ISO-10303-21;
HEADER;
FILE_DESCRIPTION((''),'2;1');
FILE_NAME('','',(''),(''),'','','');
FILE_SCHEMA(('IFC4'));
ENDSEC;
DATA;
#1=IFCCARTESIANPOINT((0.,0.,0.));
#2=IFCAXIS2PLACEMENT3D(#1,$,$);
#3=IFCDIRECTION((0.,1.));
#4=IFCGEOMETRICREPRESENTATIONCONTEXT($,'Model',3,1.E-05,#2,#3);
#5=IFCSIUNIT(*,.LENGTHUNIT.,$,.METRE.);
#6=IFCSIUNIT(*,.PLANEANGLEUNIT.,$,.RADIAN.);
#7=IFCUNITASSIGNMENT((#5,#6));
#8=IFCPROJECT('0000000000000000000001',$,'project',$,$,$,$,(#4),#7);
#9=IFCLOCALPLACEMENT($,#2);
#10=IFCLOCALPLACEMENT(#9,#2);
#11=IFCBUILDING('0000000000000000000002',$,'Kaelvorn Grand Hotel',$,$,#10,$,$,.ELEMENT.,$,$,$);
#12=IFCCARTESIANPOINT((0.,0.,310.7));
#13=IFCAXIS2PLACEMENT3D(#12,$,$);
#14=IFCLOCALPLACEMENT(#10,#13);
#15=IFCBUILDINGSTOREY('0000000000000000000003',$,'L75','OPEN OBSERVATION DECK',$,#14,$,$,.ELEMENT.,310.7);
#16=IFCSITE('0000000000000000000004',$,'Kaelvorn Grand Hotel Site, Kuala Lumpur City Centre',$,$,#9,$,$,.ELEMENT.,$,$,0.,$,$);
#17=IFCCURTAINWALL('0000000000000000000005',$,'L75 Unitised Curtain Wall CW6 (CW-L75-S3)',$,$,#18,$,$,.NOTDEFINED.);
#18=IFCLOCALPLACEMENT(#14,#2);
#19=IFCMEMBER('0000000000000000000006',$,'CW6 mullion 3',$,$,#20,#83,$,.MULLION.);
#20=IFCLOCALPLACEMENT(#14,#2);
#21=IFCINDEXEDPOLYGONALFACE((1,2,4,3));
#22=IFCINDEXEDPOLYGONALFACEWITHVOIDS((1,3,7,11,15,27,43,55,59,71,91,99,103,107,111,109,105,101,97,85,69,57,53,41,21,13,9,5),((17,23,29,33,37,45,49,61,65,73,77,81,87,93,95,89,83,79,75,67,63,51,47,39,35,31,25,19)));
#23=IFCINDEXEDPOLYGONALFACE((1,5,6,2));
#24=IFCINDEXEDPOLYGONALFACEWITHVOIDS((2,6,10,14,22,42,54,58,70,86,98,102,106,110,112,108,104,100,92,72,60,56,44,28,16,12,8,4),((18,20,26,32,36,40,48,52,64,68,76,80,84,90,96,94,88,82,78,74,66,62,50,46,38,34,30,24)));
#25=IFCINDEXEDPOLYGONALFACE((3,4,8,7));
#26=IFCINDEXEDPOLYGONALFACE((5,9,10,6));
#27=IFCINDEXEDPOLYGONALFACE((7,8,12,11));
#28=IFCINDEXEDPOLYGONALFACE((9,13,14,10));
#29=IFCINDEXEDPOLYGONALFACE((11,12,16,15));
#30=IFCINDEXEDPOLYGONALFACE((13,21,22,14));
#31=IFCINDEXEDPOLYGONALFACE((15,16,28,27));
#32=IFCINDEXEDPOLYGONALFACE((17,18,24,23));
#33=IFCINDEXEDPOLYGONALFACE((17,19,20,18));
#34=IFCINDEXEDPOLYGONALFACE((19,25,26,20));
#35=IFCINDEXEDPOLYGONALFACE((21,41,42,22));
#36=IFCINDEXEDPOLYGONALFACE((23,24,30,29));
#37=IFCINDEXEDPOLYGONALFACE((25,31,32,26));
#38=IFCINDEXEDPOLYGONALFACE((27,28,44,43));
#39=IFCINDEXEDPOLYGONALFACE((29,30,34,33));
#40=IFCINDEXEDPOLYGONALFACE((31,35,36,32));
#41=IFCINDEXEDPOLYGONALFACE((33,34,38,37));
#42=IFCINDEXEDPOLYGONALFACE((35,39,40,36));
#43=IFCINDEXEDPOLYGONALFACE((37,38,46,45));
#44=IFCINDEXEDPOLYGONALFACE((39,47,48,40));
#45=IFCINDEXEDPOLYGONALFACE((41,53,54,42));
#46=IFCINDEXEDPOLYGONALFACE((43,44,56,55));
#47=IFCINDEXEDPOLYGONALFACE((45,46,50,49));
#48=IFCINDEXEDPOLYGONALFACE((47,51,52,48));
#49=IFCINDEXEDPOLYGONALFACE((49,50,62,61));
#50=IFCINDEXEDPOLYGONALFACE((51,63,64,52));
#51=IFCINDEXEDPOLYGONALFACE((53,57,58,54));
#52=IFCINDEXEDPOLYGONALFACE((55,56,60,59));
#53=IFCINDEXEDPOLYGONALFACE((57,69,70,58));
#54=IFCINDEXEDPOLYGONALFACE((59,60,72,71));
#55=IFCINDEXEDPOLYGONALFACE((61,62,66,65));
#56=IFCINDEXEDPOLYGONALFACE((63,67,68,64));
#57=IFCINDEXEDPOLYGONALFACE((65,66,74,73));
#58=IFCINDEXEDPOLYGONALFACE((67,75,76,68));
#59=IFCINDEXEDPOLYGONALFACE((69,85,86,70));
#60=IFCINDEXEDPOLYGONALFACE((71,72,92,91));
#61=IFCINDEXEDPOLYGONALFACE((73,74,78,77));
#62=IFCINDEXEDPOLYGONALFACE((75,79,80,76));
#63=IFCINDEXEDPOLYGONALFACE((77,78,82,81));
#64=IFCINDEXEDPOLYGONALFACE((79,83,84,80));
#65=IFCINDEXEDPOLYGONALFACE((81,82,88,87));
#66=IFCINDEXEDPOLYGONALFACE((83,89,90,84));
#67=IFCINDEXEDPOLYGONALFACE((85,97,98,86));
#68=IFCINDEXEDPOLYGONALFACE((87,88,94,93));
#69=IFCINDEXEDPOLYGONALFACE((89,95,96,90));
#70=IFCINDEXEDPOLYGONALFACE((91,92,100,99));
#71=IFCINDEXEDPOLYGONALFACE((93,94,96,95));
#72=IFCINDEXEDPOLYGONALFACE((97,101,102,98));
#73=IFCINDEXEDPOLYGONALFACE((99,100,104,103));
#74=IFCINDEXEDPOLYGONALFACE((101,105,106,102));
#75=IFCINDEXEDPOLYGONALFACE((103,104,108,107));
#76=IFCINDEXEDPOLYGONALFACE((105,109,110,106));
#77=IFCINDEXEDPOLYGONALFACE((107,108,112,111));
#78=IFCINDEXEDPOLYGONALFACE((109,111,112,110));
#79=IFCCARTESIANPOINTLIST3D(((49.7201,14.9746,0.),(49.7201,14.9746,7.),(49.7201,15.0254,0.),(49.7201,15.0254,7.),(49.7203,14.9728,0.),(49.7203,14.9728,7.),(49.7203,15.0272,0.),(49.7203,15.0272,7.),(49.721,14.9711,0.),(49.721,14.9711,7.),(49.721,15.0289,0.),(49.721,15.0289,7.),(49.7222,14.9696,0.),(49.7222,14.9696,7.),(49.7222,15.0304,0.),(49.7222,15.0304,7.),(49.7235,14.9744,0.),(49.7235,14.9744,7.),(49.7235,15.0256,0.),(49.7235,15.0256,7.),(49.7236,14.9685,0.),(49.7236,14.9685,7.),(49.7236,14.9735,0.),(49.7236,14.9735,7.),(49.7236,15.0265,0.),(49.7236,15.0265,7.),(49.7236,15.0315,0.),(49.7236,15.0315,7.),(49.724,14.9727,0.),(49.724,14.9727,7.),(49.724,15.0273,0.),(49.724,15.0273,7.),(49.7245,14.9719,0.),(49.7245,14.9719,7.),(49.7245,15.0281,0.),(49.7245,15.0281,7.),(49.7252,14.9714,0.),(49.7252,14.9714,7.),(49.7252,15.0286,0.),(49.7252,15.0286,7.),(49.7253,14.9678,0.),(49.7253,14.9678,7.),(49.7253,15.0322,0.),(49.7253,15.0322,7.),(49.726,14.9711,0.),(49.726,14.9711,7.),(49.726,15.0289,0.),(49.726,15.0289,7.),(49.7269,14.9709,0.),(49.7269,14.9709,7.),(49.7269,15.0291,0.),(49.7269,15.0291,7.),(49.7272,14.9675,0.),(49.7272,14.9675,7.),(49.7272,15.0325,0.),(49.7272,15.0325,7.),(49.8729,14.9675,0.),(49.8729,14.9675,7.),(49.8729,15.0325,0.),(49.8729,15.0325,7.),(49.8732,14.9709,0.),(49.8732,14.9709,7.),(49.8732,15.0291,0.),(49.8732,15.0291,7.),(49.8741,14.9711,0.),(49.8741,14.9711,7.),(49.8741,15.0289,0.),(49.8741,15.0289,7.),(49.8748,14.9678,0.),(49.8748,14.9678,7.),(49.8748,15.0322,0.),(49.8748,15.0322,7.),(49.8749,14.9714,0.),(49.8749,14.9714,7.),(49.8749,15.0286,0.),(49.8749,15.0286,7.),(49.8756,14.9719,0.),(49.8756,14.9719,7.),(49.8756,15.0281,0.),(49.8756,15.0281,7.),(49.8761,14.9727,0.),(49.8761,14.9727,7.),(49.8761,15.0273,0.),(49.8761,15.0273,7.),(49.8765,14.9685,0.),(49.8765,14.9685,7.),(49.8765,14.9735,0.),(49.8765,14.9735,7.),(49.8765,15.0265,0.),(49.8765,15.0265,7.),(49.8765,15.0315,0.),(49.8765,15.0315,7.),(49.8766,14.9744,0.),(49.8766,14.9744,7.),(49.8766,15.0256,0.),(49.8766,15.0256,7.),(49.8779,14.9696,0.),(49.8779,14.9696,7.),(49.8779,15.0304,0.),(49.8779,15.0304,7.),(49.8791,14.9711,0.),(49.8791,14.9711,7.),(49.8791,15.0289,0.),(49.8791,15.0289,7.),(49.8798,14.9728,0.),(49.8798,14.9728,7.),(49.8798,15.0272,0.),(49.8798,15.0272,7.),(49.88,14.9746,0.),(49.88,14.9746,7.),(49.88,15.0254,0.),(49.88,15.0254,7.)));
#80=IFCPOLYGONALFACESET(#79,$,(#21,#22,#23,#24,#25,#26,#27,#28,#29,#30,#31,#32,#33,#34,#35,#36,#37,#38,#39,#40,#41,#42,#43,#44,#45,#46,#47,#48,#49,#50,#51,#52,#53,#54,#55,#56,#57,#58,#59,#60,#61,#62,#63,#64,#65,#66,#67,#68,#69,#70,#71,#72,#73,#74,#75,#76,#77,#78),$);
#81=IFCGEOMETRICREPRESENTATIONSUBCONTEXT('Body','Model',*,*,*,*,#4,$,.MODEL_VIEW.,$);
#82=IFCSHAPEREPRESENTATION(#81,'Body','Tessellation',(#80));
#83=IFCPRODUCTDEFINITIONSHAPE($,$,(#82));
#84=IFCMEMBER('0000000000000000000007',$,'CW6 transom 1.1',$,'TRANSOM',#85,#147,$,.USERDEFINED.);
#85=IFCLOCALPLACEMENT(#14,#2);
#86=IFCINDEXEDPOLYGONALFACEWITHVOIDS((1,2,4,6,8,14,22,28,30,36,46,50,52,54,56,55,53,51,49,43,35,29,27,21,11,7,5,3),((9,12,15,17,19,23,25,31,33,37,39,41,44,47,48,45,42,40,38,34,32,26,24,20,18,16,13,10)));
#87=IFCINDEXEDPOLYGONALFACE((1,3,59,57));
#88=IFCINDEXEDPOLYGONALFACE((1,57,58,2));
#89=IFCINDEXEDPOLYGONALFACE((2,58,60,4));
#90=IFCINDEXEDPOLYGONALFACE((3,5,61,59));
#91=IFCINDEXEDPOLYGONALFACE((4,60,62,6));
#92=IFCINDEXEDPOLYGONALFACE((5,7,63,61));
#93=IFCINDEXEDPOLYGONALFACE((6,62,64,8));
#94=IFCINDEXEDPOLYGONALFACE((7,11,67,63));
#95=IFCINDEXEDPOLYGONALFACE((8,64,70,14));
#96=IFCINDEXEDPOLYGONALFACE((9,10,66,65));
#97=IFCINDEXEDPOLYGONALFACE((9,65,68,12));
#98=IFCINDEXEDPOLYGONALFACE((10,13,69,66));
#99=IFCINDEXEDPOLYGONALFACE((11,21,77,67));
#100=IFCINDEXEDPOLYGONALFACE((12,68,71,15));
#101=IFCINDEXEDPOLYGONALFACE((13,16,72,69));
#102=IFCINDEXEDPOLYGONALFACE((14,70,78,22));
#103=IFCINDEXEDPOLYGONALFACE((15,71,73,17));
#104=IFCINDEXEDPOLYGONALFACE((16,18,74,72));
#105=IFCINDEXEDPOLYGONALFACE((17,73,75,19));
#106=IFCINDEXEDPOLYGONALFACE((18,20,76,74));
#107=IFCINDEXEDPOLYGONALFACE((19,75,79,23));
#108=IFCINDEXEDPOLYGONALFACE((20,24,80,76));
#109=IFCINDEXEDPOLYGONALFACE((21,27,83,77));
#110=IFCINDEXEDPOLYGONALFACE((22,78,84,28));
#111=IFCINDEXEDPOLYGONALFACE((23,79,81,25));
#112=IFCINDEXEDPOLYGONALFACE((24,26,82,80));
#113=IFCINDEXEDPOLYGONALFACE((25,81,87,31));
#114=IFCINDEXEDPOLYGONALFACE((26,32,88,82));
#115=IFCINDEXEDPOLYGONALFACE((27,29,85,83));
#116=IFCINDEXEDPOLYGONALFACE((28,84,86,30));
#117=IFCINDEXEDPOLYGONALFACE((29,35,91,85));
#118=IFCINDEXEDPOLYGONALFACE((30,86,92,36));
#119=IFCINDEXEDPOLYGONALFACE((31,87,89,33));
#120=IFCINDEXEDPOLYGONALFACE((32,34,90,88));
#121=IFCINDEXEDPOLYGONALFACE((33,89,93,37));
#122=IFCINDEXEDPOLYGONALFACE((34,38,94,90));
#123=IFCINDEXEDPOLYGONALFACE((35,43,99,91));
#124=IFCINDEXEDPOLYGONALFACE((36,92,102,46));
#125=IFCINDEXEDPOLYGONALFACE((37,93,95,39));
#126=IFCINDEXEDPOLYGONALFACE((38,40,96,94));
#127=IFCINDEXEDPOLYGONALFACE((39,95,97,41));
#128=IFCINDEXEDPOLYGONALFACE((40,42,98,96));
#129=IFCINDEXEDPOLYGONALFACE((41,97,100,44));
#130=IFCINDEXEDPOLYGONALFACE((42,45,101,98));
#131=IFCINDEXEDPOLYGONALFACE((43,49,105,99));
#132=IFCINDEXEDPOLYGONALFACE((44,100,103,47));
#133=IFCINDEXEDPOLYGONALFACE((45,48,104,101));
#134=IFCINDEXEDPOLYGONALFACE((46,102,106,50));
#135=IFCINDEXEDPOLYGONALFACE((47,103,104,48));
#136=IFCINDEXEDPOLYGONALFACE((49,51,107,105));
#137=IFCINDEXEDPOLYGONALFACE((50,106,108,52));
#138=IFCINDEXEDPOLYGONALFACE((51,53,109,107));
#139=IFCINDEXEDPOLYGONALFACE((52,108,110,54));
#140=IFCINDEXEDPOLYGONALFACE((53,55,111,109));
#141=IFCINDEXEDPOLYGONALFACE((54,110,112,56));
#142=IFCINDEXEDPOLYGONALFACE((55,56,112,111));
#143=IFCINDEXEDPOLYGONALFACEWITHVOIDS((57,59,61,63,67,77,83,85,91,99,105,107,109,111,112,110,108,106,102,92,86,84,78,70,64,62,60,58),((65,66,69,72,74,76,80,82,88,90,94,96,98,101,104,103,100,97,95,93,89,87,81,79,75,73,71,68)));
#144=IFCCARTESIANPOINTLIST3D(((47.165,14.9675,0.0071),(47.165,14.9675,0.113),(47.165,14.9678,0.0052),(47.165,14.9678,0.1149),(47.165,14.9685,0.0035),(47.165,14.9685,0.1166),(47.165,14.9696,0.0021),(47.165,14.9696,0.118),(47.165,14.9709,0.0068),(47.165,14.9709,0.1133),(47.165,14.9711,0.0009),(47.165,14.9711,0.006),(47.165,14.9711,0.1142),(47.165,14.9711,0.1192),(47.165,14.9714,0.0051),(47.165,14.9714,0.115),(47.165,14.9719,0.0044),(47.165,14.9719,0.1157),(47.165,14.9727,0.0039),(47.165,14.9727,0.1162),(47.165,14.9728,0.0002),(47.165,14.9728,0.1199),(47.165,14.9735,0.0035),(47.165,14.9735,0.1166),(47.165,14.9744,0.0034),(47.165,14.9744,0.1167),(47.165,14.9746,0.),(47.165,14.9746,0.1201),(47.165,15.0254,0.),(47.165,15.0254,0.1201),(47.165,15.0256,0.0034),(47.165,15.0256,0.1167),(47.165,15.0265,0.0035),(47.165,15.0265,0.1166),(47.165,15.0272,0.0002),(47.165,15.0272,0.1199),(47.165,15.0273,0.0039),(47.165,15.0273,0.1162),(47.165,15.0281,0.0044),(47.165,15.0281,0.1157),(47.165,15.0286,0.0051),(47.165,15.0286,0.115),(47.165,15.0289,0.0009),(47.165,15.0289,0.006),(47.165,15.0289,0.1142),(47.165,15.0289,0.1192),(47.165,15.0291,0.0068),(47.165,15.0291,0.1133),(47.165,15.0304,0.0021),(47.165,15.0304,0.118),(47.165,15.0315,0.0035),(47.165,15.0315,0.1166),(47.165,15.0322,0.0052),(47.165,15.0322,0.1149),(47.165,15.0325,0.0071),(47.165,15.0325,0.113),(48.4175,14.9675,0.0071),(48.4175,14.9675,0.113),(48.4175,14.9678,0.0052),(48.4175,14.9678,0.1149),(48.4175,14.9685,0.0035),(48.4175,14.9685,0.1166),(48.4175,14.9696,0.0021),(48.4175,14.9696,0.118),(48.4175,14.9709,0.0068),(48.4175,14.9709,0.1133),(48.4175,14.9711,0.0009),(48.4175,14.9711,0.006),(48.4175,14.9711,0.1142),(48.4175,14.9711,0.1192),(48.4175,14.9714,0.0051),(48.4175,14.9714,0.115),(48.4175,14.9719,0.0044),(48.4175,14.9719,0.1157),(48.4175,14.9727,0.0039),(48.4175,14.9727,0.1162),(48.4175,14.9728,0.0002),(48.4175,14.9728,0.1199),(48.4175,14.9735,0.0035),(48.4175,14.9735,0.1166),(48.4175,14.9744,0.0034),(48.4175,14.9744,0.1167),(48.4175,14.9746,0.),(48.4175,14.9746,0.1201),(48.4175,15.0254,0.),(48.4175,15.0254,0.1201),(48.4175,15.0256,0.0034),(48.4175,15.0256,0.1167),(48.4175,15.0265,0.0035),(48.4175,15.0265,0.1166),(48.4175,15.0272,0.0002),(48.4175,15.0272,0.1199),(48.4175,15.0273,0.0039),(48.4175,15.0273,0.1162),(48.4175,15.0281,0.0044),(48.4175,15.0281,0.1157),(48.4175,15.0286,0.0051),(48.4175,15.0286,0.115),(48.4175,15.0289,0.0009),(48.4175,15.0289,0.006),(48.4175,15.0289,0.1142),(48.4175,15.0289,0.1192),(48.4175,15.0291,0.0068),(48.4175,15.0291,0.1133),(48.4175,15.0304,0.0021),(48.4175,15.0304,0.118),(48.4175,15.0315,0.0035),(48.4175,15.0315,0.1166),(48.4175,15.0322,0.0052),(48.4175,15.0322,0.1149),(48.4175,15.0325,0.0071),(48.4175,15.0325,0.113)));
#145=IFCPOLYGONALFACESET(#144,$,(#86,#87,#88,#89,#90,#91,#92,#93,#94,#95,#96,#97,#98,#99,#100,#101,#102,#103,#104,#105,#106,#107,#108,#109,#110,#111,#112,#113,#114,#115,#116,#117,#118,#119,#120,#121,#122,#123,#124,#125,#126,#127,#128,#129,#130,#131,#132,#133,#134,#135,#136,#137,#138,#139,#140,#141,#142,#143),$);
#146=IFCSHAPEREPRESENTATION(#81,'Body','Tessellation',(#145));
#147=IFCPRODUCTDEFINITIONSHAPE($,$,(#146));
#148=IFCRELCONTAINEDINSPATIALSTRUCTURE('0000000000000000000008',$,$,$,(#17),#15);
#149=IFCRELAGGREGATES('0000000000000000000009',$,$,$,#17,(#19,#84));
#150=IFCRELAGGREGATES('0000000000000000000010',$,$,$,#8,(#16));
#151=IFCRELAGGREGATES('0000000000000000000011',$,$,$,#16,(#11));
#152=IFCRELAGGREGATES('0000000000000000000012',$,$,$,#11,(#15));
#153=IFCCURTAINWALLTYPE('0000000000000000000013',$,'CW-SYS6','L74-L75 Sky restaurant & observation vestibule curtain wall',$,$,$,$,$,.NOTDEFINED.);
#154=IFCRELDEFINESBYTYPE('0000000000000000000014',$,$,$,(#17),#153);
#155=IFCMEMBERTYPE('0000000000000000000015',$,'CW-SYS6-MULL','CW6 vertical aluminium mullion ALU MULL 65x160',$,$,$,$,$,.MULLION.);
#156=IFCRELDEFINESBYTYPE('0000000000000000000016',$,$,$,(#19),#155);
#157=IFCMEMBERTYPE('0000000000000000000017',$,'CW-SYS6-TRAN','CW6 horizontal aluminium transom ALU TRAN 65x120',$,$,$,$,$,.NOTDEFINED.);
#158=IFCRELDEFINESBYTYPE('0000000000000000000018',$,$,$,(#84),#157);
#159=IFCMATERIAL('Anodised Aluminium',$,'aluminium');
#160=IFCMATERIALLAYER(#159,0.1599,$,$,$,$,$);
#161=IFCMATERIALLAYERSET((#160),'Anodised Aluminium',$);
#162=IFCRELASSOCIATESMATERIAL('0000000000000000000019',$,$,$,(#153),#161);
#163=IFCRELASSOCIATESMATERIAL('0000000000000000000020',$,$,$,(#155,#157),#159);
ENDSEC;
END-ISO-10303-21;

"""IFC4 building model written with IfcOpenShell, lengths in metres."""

from ifc_helpers import new_model, si_unit, direction, frame, origin, origin_2d, place, context, subcontext, project, spatial, hollow_rectangle, extrude, material, layer, layer_set, material_profile, profile_set, type_object, element, aggregate, save


model = new_model("IFC4")

# Units and contexts
model_context = context("Model", 3, precision=1e-05, world=origin(), true_north=direction((0.0, 1.0)))
body_context = subcontext(model_context, "Body", "Model", "MODEL_VIEW")
ifc_project = project(units=[si_unit("LENGTHUNIT", "METRE"), si_unit("PLANEANGLEUNIT", "RADIAN")], contexts=[model_context])

# Site, building, storey
site_placement = place(None, origin())
site = spatial("IfcSite", under=ifc_project, at=site_placement, Name="Kaelvorn Grand Hotel Site, Kuala Lumpur City Centre", CompositionType="ELEMENT", RefElevation=0.0)
building_placement = place(site_placement, origin())
building = spatial("IfcBuilding", under=site, at=building_placement, Name="Kaelvorn Grand Hotel", CompositionType="ELEMENT")
storey_placement = place(building_placement, frame((0.0, 0.0, 310.7)))
storey = spatial("IfcBuildingStorey", under=building, at=storey_placement, Name="L75", Description="OPEN OBSERVATION DECK", CompositionType="ELEMENT", Elevation=310.7)

# Curtain wall, members
ifc_material_1 = material(Name="Anodised Aluminium", Category="aluminium")
ifc_layer_1 = layer(ifc_material_1, 0.1599)
ifc_layer_set_1 = layer_set([ifc_layer_1], Name="Anodised Aluminium")
curtain_wall_type = type_object("IfcCurtainWallType", Name="CW-SYS6", Description="L74-L75 Sky restaurant & observation vestibule curtain wall", PredefinedType="NOTDEFINED", material=ifc_layer_set_1)
curtain_wall_placement = place(storey_placement, origin())
curtain_wall = element("IfcCurtainWall", 1, at=curtain_wall_placement, inside=storey, type_object=curtain_wall_type, Name="L75 Unitised Curtain Wall CW6 (CW-L75-S3)", PredefinedType="NOTDEFINED")
ifc_material_profile_1 = material_profile(ifc_material_1, hollow_rectangle(XDim=0.0649, YDim=0.1599, WallThickness=0.0034, InnerFilletRadius=0.0034, OuterFilletRadius=0.0071, at=origin_2d()), Name="ALU MULL 65x160")
ifc_profile_set_1 = profile_set([ifc_material_profile_1], Name="Anodised Aluminium")
member_type_1 = type_object("IfcMemberType", Name="CW-SYS6-MULL", Description="CW6 vertical aluminium mullion ALU MULL 65x160", PredefinedType="MULLION", material=ifc_profile_set_1)
member_1_placement = place(storey_placement, frame((49.8, 15.0, 0.0), z_axis=(0.0, 0.0, 1.0), x_axis=(0.0, 1.0, 0.0)))
member_1 = element("IfcMember", 2, at=member_1_placement, type_object=member_type_1, Name="CW6 mullion 3", PredefinedType="MULLION", context=body_context, shape_type="SweptSolid", body=[
    extrude(hollow_rectangle(XDim=0.0649, YDim=0.1599, WallThickness=0.0034, InnerFilletRadius=0.0034, OuterFilletRadius=0.0071, at=origin_2d()), origin(), (0.0, 0.0, 1.0), 7.0),
])
ifc_material_profile_2 = material_profile(ifc_material_1, hollow_rectangle(XDim=0.0649, YDim=0.1201, WallThickness=0.0034, InnerFilletRadius=0.0034, OuterFilletRadius=0.0071, at=origin_2d()), Name="ALU TRAN 65x120")
ifc_profile_set_2 = profile_set([ifc_material_profile_2], Name="Anodised Aluminium")
member_type_2 = type_object("IfcMemberType", Name="CW-SYS6-TRAN", Description="CW6 horizontal aluminium transom ALU TRAN 65x120", PredefinedType="NOTDEFINED", material=ifc_profile_set_2)
member_2_placement = place(storey_placement, frame((47.165, 15.0, 0.0601), z_axis=(1.0, 0.0, 0.0), x_axis=(0.0, 1.0, 0.0)))
member_2 = element("IfcMember", 3, at=member_2_placement, type_object=member_type_2, Name="CW6 transom 1.1", ObjectType="TRANSOM", PredefinedType="USERDEFINED", context=body_context, shape_type="SweptSolid", body=[
    extrude(hollow_rectangle(XDim=0.0649, YDim=0.1201, WallThickness=0.0034, InnerFilletRadius=0.0034, OuterFilletRadius=0.0071, at=origin_2d()), origin(), (0.0, 0.0, 1.0), 1.2524),
])

aggregate(curtain_wall, [member_1, member_2])

save(model, "model.ifc")
